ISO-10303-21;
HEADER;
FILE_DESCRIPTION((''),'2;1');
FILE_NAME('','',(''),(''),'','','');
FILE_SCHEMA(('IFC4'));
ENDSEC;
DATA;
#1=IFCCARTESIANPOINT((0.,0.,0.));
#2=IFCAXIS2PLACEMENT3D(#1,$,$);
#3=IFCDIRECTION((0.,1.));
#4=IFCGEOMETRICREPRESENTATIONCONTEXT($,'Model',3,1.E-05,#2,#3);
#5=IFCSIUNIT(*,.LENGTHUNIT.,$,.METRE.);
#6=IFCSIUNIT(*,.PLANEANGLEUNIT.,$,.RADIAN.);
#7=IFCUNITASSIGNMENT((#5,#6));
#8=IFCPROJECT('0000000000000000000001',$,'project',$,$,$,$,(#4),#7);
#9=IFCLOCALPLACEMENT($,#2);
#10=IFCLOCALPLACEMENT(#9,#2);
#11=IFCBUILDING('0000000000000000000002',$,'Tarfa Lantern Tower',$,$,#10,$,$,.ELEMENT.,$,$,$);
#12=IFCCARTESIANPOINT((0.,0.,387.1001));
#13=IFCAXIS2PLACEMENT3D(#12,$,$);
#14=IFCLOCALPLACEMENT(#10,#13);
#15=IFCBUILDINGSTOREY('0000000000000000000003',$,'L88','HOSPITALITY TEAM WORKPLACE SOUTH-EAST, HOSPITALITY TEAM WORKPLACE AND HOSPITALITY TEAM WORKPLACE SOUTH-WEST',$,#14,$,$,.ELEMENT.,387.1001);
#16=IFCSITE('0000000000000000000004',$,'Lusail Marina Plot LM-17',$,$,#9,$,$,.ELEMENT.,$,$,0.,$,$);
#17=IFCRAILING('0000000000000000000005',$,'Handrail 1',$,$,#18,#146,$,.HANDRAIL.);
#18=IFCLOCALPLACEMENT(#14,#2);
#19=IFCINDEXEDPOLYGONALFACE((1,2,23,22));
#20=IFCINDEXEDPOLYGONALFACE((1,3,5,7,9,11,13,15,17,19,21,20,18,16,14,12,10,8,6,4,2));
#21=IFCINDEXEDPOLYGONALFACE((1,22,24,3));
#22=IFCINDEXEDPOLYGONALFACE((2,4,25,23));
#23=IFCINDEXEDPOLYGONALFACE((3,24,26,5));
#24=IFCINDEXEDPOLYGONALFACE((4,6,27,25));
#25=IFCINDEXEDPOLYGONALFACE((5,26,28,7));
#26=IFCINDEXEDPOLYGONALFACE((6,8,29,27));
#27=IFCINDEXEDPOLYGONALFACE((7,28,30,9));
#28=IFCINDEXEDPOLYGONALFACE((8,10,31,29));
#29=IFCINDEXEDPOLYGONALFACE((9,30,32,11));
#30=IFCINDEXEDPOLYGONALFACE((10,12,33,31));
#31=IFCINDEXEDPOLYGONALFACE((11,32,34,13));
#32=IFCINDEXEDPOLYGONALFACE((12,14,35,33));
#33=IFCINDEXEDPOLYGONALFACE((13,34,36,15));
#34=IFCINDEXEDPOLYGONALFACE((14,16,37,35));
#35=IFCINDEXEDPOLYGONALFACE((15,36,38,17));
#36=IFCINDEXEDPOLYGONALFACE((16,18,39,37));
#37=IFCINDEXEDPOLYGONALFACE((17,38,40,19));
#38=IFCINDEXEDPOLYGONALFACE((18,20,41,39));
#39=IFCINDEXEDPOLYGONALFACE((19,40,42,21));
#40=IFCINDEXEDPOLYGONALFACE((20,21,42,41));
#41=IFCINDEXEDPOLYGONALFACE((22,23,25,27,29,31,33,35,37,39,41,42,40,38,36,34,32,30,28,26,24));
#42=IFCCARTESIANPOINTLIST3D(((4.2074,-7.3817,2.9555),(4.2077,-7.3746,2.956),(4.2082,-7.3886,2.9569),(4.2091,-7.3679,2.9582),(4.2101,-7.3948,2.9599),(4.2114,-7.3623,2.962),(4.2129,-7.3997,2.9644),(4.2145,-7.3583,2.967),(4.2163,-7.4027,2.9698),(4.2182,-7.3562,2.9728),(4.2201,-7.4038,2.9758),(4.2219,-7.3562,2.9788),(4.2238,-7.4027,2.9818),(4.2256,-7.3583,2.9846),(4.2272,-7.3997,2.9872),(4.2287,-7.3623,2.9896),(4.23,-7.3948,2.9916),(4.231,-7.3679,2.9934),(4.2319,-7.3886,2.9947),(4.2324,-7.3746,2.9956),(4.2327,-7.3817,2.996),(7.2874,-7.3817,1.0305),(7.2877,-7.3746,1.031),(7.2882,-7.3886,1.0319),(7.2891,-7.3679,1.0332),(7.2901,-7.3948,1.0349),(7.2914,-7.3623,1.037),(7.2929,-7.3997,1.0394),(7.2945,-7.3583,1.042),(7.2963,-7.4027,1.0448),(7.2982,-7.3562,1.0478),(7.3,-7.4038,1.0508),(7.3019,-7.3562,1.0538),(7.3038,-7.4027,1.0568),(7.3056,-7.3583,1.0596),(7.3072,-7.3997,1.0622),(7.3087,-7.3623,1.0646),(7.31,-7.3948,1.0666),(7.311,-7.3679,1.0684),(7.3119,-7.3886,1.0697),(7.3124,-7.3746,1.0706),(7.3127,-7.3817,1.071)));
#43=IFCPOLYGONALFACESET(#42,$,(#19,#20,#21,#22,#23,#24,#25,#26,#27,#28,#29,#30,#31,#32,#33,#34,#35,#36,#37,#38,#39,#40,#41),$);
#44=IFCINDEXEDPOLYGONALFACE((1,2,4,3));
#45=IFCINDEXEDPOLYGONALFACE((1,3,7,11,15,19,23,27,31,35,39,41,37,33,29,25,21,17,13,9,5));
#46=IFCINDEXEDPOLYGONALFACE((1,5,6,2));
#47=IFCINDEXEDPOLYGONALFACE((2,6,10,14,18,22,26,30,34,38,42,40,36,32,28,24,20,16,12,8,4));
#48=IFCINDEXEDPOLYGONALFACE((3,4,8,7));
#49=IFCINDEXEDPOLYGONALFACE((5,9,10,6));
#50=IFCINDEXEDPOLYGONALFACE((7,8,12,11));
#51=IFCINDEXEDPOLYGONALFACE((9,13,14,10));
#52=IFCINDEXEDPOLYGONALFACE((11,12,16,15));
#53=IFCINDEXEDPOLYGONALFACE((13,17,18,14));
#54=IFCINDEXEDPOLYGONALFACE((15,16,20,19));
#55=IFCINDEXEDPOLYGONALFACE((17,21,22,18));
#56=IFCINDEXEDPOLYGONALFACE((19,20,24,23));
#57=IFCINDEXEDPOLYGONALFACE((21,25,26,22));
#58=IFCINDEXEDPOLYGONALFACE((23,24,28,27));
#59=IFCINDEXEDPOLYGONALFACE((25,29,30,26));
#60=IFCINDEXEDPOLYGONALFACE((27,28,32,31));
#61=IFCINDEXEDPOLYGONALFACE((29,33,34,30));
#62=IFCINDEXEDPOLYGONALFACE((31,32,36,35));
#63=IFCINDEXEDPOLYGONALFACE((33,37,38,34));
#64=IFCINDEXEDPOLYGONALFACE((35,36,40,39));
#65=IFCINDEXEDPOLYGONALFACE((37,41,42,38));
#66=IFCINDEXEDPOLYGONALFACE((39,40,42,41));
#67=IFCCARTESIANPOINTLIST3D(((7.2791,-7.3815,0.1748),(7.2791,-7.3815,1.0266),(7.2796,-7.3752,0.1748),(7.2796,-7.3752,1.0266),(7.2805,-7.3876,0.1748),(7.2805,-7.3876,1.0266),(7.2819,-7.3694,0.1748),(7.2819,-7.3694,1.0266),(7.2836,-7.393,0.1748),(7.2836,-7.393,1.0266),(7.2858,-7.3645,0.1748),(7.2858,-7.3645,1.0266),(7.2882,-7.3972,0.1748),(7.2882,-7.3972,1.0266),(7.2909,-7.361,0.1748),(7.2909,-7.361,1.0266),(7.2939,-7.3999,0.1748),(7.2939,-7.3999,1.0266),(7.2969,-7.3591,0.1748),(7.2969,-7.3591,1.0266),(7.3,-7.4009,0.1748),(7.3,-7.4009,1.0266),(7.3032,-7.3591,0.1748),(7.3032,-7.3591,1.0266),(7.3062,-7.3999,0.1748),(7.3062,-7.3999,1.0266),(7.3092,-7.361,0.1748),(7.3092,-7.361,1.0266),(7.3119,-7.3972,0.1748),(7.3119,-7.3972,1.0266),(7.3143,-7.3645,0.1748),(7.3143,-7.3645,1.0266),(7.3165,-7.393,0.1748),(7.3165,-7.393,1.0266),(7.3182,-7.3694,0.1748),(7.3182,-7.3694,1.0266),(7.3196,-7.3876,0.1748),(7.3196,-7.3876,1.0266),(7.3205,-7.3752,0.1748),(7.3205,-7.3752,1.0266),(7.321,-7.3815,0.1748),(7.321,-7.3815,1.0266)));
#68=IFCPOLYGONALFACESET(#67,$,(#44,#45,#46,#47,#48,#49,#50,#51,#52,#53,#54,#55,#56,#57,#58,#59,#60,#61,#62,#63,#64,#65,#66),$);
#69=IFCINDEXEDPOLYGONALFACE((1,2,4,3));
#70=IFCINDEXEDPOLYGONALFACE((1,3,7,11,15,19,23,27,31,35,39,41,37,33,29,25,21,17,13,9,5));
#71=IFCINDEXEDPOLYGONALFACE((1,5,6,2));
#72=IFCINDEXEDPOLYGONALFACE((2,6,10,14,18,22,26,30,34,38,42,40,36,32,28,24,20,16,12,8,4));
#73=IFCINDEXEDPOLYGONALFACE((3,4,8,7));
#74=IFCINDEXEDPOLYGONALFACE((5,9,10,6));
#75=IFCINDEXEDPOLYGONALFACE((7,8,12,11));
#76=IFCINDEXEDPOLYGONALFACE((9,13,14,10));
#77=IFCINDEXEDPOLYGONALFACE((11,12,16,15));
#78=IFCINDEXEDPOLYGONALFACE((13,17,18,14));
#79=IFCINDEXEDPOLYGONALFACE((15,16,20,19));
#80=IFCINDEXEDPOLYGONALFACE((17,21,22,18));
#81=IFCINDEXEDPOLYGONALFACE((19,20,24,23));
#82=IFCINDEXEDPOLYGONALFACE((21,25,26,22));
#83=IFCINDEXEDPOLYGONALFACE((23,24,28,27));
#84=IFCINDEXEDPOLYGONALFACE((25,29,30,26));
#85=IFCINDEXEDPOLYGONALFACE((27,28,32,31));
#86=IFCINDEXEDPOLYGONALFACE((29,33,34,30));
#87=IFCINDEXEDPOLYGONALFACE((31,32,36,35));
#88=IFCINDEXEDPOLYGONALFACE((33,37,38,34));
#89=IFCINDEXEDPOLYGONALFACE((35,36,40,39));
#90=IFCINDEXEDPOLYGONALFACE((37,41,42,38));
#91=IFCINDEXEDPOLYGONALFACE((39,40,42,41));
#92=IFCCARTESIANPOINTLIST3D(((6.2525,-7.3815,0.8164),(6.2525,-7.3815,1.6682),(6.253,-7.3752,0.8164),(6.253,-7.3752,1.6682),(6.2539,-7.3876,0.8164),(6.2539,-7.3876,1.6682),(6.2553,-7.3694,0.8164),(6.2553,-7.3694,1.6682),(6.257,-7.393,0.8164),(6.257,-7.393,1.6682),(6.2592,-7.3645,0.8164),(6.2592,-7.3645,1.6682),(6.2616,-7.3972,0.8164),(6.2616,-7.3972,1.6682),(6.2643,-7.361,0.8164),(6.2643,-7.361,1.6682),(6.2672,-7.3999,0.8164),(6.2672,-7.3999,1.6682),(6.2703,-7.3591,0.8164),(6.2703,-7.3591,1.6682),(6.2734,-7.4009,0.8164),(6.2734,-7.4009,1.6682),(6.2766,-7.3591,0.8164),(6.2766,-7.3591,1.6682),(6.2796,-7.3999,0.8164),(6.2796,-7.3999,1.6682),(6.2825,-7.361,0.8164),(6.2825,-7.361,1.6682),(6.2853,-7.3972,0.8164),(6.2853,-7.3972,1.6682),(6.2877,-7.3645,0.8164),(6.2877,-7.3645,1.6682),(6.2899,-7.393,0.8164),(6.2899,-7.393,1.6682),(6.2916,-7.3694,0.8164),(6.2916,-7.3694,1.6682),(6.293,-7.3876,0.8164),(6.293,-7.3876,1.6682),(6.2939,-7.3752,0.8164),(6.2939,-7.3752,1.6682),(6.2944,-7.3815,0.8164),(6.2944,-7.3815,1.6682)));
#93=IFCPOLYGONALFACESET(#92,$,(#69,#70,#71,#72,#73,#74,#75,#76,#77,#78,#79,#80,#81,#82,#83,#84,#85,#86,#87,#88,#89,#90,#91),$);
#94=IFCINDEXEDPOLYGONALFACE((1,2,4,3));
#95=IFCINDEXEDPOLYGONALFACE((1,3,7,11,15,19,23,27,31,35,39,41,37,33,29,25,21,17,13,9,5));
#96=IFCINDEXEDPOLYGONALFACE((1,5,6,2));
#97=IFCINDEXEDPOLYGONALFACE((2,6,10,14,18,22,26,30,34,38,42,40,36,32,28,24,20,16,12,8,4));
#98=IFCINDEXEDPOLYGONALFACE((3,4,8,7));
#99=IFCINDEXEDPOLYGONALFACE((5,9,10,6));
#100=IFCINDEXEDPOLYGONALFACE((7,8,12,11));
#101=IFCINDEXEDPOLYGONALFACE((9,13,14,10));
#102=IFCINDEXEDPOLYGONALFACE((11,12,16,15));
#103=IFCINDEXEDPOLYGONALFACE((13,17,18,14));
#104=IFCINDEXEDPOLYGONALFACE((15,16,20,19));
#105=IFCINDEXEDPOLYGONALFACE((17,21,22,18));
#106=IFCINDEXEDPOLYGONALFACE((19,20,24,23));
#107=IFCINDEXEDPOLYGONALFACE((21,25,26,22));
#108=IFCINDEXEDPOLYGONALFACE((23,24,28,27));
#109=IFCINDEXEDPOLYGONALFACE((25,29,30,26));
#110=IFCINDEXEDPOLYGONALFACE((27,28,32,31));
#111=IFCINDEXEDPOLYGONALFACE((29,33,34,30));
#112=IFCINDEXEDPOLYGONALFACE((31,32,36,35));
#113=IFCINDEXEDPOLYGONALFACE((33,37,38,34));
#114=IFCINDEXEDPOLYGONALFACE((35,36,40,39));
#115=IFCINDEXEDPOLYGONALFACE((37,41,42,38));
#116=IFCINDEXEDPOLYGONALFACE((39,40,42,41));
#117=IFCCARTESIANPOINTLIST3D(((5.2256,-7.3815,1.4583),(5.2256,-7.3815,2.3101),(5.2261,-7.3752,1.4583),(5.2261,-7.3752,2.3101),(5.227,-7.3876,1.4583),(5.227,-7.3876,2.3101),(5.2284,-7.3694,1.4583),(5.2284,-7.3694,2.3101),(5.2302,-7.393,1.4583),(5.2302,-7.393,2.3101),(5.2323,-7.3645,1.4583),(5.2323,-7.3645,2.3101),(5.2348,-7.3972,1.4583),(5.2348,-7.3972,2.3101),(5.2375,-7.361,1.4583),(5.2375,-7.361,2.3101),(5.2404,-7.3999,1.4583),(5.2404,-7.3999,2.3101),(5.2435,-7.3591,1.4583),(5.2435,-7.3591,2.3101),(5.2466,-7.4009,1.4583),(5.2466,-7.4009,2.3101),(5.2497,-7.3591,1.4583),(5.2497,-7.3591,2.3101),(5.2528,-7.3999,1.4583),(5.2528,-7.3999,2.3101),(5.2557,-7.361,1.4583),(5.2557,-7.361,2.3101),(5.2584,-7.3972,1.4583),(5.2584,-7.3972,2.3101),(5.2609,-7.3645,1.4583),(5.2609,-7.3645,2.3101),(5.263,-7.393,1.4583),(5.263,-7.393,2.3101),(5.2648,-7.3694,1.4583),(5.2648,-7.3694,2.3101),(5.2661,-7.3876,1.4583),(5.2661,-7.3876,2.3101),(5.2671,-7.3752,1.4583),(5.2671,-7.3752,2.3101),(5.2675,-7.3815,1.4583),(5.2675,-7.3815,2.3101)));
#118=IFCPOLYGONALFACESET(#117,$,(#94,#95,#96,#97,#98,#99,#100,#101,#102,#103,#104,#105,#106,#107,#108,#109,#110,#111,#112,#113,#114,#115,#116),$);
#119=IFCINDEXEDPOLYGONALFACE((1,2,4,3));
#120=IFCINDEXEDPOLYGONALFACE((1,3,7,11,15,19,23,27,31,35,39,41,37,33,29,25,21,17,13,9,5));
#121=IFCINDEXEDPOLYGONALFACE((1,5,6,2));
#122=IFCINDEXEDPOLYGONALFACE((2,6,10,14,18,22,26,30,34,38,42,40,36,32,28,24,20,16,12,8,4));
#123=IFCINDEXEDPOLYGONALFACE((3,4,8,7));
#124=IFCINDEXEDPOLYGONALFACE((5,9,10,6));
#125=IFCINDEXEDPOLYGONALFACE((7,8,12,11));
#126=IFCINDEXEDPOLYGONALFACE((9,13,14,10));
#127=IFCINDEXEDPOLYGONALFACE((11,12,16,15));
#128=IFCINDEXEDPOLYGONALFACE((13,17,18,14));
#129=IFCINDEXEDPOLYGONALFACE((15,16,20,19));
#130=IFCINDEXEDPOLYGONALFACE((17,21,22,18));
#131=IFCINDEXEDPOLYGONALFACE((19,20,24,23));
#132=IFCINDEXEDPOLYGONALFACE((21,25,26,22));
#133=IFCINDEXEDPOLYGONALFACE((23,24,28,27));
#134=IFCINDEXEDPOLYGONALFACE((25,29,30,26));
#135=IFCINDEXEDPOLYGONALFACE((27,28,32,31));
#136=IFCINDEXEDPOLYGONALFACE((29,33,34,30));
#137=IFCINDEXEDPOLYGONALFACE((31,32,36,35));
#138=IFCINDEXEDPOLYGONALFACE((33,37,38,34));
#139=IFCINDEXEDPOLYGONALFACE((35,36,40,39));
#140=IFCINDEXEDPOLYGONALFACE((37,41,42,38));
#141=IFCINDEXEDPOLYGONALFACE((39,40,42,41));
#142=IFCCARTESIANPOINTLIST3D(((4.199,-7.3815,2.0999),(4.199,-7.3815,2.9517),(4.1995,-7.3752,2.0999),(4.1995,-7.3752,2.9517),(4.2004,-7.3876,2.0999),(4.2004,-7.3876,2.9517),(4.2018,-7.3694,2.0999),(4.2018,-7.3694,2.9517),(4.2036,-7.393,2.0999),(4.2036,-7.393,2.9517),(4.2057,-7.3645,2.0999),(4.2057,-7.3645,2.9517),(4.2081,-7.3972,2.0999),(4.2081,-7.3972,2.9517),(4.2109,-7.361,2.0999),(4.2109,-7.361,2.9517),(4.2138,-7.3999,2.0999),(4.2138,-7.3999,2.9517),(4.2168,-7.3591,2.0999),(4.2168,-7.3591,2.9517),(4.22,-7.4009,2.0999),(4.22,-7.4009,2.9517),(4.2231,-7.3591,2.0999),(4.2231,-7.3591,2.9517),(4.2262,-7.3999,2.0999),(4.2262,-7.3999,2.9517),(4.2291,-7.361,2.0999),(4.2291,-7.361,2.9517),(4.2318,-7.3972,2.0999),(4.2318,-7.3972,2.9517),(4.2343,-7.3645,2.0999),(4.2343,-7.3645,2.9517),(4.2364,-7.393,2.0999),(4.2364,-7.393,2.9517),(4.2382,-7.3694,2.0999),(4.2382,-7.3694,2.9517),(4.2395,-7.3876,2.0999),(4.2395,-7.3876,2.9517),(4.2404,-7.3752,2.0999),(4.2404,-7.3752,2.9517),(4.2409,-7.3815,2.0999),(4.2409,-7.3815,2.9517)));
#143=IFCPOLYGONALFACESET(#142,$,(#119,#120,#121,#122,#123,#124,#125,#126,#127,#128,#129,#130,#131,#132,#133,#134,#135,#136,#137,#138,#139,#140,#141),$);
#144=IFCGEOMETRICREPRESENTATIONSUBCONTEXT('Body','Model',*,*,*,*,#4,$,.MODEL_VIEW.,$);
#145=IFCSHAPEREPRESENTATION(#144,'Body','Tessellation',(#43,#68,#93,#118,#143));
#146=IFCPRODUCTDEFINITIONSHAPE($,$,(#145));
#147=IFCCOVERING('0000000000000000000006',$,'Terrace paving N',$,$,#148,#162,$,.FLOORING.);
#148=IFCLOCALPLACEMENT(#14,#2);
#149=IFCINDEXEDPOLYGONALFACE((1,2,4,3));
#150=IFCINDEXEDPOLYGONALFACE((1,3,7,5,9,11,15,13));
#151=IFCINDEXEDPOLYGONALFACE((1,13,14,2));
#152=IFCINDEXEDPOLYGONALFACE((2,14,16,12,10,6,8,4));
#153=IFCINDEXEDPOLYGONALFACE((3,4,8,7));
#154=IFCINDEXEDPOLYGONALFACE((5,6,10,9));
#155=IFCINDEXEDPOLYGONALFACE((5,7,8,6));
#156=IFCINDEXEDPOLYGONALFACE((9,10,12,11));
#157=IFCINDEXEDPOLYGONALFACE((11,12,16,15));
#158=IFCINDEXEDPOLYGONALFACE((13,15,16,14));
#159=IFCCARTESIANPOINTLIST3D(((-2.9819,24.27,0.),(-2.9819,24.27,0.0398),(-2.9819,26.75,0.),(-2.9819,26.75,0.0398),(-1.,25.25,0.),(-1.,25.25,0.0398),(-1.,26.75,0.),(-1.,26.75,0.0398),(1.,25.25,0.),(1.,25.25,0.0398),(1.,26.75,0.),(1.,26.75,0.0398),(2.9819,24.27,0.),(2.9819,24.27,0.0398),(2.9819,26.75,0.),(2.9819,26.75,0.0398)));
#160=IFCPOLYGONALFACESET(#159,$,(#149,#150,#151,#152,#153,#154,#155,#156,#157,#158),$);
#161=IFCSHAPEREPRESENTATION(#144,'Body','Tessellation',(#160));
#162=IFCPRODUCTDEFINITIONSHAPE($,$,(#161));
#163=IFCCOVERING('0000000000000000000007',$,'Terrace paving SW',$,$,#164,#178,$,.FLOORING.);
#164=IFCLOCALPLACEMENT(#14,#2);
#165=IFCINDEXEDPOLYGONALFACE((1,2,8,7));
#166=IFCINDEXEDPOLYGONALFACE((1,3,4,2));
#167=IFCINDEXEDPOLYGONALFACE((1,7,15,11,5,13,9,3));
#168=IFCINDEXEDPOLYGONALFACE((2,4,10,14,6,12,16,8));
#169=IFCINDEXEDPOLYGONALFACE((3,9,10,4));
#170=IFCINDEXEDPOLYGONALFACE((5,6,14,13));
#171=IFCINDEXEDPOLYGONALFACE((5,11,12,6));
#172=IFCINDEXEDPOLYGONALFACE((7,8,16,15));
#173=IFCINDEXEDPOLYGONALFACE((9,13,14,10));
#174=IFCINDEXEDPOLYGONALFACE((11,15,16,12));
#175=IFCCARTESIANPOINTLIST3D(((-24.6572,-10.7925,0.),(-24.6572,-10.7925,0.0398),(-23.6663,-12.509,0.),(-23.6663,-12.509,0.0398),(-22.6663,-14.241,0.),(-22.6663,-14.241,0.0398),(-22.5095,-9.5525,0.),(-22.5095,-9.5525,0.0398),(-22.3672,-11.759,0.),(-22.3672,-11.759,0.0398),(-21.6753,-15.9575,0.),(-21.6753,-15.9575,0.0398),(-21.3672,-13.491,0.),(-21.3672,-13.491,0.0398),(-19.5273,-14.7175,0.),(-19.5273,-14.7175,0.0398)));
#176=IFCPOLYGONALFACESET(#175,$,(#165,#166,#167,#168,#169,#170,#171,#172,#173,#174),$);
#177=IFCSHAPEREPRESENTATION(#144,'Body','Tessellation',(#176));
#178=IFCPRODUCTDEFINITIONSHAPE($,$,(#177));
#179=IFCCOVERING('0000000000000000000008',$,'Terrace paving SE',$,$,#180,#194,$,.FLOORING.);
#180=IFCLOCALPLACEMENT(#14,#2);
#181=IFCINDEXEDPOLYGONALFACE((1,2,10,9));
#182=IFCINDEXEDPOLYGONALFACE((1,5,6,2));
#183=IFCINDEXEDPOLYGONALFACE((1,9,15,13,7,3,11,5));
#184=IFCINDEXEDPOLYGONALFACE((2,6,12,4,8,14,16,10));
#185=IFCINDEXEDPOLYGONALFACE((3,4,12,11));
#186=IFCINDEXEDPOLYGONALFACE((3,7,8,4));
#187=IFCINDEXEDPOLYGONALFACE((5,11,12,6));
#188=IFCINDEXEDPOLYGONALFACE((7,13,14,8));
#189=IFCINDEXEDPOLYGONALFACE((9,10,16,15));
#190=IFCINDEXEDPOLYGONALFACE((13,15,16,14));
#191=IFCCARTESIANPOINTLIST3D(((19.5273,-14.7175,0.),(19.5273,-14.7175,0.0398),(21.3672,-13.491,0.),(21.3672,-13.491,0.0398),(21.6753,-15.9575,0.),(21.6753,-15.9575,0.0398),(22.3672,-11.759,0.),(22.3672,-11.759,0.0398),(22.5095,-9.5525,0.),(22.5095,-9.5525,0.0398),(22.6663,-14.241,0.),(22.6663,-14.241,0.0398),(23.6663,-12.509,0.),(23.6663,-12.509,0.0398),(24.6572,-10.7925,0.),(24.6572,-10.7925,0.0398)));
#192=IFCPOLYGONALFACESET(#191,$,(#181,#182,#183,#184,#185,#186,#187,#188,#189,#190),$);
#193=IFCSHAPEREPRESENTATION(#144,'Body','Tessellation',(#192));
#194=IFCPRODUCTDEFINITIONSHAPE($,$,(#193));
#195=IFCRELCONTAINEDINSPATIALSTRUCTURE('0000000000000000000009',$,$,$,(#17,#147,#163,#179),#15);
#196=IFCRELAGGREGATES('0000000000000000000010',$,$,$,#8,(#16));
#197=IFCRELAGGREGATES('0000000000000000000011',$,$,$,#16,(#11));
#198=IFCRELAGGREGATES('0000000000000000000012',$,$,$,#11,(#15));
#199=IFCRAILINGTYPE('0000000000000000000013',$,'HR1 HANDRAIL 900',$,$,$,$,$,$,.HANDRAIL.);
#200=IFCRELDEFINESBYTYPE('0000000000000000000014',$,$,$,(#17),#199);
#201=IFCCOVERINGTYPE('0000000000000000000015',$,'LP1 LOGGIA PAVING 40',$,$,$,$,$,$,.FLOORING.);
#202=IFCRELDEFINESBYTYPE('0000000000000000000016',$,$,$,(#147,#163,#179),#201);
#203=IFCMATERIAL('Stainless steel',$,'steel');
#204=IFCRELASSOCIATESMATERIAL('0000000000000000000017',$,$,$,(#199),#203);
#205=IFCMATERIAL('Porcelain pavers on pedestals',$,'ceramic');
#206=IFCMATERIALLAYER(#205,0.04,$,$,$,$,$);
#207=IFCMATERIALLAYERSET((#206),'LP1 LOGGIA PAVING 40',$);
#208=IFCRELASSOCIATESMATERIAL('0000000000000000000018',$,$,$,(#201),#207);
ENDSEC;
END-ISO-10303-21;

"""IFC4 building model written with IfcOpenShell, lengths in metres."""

from ifc_helpers import new_model, si_unit, direction, frame, origin, origin_2d, place, context, subcontext, project, spatial, polyline, circle, outline, extrude, material, layer, layer_set, type_object, element, save


model = new_model("IFC4")

# Units and contexts
model_context = context("Model", 3, precision=1e-05, world=origin(), true_north=direction((0.0, 1.0)))
body_context = subcontext(model_context, "Body", "Model", "MODEL_VIEW")
ifc_project = project(units=[si_unit("LENGTHUNIT", "METRE"), si_unit("PLANEANGLEUNIT", "RADIAN")], contexts=[model_context])

# Site, building, storey
site_placement = place(None, origin())
site = spatial("IfcSite", under=ifc_project, at=site_placement, Name="Lusail Marina Plot LM-17", CompositionType="ELEMENT", RefElevation=0.0)
building_placement = place(site_placement, origin())
building = spatial("IfcBuilding", under=site, at=building_placement, Name="Tarfa Lantern Tower", CompositionType="ELEMENT")
storey_placement = place(building_placement, frame((0.0, 0.0, 387.1001)))
storey = spatial("IfcBuildingStorey", under=building, at=storey_placement, Name="L88", Description="HOSPITALITY TEAM WORKPLACE SOUTH-EAST, HOSPITALITY TEAM WORKPLACE AND HOSPITALITY TEAM WORKPLACE SOUTH-WEST", CompositionType="ELEMENT", Elevation=387.1001)

# Railing
ifc_material_1 = material(Name="Stainless steel", Category="steel")
railing_type = type_object("IfcRailingType", Name="HR1 HANDRAIL 900", PredefinedType="HANDRAIL", material=ifc_material_1)
railing_placement = place(storey_placement, frame((7.3, -7.3799, 0.1748)))
element("IfcRailing", 1, at=railing_placement, inside=storey, type_object=railing_type, Name="Handrail 1", PredefinedType="HANDRAIL", context=body_context, shape_type="SweptSolid", body=[
    extrude(circle(Radius=0.0239, at=origin_2d()), frame((0.0, 0.0, 0.876), z_axis=(-0.847998, 0.0, 0.529999), x_axis=(0.0, -1.0, 0.0)), (0.0, 0.0, 1.0), 3.6321),
    extrude(circle(Radius=0.021, at=origin_2d()), frame((0.0, 0.0, 0.0), z_axis=(0.0, 0.0, 1.0), x_axis=(0.0, -1.0, 0.0)), (0.0, 0.0, 1.0), 0.8518),
    extrude(circle(Radius=0.021, at=origin_2d()), frame((-1.0266, 0.0, 0.6416), z_axis=(0.0, 0.0, 1.0), x_axis=(0.0, -1.0, 0.0)), (0.0, 0.0, 1.0), 0.8518),
    extrude(circle(Radius=0.021, at=origin_2d()), frame((-2.0535, 0.0, 1.2834), z_axis=(0.0, 0.0, 1.0), x_axis=(0.0, -1.0, 0.0)), (0.0, 0.0, 1.0), 0.8518),
    extrude(circle(Radius=0.021, at=origin_2d()), frame((-3.0801, 0.0, 1.925), z_axis=(0.0, 0.0, 1.0), x_axis=(0.0, -1.0, 0.0)), (0.0, 0.0, 1.0), 0.8518),
])

# Coverings
ifc_material_2 = material(Name="Porcelain pavers on pedestals", Category="ceramic")
ifc_layer_1 = layer(ifc_material_2, 0.04)
ifc_layer_set_1 = layer_set([ifc_layer_1], Name="LP1 LOGGIA PAVING 40")
covering_type_1 = type_object("IfcCoveringType", Name="LP1 LOGGIA PAVING 40", PredefinedType="FLOORING", material=ifc_layer_set_1)
covering_1_placement = place(storey_placement, origin())
element("IfcCovering", 2, at=covering_1_placement, inside=storey, type_object=covering_type_1, Name="Terrace paving N", PredefinedType="FLOORING", context=body_context, shape_type="SweptSolid", body=[
    extrude(outline(polyline([(2.9819, 26.75), (2.9819, 24.27), (-2.9819, 24.27), (-2.9819, 26.75), (-1.0, 26.75), (-1.0, 25.25), (1.0, 25.25), (1.0, 26.75), (2.9819, 26.75)])), origin(), (0.0, 0.0, 1.0), 0.0398),
])
covering_2_placement = place(storey_placement, origin())
element("IfcCovering", 3, at=covering_2_placement, inside=storey, type_object=covering_type_1, Name="Terrace paving SW", PredefinedType="FLOORING", context=body_context, shape_type="SweptSolid", body=[
    extrude(outline(polyline([(-24.6572, -10.7925), (-22.5095, -9.5525), (-19.5273, -14.7175), (-21.6753, -15.9575), (-22.6663, -14.241), (-21.3672, -13.491), (-22.3672, -11.759), (-23.6663, -12.509), (-24.6572, -10.7925)])), origin(), (0.0, 0.0, 1.0), 0.0398),
])
covering_3_placement = place(storey_placement, origin())
element("IfcCovering", 4, at=covering_3_placement, inside=storey, type_object=covering_type_1, Name="Terrace paving SE", PredefinedType="FLOORING", context=body_context, shape_type="SweptSolid", body=[
    extrude(outline(polyline([(21.6753, -15.9575), (19.5273, -14.7175), (22.5095, -9.5525), (24.6572, -10.7925), (23.6663, -12.509), (22.3672, -11.759), (21.3672, -13.491), (22.6663, -14.241), (21.6753, -15.9575)])), origin(), (0.0, 0.0, 1.0), 0.0398),
])

save(model, "model.ifc")
